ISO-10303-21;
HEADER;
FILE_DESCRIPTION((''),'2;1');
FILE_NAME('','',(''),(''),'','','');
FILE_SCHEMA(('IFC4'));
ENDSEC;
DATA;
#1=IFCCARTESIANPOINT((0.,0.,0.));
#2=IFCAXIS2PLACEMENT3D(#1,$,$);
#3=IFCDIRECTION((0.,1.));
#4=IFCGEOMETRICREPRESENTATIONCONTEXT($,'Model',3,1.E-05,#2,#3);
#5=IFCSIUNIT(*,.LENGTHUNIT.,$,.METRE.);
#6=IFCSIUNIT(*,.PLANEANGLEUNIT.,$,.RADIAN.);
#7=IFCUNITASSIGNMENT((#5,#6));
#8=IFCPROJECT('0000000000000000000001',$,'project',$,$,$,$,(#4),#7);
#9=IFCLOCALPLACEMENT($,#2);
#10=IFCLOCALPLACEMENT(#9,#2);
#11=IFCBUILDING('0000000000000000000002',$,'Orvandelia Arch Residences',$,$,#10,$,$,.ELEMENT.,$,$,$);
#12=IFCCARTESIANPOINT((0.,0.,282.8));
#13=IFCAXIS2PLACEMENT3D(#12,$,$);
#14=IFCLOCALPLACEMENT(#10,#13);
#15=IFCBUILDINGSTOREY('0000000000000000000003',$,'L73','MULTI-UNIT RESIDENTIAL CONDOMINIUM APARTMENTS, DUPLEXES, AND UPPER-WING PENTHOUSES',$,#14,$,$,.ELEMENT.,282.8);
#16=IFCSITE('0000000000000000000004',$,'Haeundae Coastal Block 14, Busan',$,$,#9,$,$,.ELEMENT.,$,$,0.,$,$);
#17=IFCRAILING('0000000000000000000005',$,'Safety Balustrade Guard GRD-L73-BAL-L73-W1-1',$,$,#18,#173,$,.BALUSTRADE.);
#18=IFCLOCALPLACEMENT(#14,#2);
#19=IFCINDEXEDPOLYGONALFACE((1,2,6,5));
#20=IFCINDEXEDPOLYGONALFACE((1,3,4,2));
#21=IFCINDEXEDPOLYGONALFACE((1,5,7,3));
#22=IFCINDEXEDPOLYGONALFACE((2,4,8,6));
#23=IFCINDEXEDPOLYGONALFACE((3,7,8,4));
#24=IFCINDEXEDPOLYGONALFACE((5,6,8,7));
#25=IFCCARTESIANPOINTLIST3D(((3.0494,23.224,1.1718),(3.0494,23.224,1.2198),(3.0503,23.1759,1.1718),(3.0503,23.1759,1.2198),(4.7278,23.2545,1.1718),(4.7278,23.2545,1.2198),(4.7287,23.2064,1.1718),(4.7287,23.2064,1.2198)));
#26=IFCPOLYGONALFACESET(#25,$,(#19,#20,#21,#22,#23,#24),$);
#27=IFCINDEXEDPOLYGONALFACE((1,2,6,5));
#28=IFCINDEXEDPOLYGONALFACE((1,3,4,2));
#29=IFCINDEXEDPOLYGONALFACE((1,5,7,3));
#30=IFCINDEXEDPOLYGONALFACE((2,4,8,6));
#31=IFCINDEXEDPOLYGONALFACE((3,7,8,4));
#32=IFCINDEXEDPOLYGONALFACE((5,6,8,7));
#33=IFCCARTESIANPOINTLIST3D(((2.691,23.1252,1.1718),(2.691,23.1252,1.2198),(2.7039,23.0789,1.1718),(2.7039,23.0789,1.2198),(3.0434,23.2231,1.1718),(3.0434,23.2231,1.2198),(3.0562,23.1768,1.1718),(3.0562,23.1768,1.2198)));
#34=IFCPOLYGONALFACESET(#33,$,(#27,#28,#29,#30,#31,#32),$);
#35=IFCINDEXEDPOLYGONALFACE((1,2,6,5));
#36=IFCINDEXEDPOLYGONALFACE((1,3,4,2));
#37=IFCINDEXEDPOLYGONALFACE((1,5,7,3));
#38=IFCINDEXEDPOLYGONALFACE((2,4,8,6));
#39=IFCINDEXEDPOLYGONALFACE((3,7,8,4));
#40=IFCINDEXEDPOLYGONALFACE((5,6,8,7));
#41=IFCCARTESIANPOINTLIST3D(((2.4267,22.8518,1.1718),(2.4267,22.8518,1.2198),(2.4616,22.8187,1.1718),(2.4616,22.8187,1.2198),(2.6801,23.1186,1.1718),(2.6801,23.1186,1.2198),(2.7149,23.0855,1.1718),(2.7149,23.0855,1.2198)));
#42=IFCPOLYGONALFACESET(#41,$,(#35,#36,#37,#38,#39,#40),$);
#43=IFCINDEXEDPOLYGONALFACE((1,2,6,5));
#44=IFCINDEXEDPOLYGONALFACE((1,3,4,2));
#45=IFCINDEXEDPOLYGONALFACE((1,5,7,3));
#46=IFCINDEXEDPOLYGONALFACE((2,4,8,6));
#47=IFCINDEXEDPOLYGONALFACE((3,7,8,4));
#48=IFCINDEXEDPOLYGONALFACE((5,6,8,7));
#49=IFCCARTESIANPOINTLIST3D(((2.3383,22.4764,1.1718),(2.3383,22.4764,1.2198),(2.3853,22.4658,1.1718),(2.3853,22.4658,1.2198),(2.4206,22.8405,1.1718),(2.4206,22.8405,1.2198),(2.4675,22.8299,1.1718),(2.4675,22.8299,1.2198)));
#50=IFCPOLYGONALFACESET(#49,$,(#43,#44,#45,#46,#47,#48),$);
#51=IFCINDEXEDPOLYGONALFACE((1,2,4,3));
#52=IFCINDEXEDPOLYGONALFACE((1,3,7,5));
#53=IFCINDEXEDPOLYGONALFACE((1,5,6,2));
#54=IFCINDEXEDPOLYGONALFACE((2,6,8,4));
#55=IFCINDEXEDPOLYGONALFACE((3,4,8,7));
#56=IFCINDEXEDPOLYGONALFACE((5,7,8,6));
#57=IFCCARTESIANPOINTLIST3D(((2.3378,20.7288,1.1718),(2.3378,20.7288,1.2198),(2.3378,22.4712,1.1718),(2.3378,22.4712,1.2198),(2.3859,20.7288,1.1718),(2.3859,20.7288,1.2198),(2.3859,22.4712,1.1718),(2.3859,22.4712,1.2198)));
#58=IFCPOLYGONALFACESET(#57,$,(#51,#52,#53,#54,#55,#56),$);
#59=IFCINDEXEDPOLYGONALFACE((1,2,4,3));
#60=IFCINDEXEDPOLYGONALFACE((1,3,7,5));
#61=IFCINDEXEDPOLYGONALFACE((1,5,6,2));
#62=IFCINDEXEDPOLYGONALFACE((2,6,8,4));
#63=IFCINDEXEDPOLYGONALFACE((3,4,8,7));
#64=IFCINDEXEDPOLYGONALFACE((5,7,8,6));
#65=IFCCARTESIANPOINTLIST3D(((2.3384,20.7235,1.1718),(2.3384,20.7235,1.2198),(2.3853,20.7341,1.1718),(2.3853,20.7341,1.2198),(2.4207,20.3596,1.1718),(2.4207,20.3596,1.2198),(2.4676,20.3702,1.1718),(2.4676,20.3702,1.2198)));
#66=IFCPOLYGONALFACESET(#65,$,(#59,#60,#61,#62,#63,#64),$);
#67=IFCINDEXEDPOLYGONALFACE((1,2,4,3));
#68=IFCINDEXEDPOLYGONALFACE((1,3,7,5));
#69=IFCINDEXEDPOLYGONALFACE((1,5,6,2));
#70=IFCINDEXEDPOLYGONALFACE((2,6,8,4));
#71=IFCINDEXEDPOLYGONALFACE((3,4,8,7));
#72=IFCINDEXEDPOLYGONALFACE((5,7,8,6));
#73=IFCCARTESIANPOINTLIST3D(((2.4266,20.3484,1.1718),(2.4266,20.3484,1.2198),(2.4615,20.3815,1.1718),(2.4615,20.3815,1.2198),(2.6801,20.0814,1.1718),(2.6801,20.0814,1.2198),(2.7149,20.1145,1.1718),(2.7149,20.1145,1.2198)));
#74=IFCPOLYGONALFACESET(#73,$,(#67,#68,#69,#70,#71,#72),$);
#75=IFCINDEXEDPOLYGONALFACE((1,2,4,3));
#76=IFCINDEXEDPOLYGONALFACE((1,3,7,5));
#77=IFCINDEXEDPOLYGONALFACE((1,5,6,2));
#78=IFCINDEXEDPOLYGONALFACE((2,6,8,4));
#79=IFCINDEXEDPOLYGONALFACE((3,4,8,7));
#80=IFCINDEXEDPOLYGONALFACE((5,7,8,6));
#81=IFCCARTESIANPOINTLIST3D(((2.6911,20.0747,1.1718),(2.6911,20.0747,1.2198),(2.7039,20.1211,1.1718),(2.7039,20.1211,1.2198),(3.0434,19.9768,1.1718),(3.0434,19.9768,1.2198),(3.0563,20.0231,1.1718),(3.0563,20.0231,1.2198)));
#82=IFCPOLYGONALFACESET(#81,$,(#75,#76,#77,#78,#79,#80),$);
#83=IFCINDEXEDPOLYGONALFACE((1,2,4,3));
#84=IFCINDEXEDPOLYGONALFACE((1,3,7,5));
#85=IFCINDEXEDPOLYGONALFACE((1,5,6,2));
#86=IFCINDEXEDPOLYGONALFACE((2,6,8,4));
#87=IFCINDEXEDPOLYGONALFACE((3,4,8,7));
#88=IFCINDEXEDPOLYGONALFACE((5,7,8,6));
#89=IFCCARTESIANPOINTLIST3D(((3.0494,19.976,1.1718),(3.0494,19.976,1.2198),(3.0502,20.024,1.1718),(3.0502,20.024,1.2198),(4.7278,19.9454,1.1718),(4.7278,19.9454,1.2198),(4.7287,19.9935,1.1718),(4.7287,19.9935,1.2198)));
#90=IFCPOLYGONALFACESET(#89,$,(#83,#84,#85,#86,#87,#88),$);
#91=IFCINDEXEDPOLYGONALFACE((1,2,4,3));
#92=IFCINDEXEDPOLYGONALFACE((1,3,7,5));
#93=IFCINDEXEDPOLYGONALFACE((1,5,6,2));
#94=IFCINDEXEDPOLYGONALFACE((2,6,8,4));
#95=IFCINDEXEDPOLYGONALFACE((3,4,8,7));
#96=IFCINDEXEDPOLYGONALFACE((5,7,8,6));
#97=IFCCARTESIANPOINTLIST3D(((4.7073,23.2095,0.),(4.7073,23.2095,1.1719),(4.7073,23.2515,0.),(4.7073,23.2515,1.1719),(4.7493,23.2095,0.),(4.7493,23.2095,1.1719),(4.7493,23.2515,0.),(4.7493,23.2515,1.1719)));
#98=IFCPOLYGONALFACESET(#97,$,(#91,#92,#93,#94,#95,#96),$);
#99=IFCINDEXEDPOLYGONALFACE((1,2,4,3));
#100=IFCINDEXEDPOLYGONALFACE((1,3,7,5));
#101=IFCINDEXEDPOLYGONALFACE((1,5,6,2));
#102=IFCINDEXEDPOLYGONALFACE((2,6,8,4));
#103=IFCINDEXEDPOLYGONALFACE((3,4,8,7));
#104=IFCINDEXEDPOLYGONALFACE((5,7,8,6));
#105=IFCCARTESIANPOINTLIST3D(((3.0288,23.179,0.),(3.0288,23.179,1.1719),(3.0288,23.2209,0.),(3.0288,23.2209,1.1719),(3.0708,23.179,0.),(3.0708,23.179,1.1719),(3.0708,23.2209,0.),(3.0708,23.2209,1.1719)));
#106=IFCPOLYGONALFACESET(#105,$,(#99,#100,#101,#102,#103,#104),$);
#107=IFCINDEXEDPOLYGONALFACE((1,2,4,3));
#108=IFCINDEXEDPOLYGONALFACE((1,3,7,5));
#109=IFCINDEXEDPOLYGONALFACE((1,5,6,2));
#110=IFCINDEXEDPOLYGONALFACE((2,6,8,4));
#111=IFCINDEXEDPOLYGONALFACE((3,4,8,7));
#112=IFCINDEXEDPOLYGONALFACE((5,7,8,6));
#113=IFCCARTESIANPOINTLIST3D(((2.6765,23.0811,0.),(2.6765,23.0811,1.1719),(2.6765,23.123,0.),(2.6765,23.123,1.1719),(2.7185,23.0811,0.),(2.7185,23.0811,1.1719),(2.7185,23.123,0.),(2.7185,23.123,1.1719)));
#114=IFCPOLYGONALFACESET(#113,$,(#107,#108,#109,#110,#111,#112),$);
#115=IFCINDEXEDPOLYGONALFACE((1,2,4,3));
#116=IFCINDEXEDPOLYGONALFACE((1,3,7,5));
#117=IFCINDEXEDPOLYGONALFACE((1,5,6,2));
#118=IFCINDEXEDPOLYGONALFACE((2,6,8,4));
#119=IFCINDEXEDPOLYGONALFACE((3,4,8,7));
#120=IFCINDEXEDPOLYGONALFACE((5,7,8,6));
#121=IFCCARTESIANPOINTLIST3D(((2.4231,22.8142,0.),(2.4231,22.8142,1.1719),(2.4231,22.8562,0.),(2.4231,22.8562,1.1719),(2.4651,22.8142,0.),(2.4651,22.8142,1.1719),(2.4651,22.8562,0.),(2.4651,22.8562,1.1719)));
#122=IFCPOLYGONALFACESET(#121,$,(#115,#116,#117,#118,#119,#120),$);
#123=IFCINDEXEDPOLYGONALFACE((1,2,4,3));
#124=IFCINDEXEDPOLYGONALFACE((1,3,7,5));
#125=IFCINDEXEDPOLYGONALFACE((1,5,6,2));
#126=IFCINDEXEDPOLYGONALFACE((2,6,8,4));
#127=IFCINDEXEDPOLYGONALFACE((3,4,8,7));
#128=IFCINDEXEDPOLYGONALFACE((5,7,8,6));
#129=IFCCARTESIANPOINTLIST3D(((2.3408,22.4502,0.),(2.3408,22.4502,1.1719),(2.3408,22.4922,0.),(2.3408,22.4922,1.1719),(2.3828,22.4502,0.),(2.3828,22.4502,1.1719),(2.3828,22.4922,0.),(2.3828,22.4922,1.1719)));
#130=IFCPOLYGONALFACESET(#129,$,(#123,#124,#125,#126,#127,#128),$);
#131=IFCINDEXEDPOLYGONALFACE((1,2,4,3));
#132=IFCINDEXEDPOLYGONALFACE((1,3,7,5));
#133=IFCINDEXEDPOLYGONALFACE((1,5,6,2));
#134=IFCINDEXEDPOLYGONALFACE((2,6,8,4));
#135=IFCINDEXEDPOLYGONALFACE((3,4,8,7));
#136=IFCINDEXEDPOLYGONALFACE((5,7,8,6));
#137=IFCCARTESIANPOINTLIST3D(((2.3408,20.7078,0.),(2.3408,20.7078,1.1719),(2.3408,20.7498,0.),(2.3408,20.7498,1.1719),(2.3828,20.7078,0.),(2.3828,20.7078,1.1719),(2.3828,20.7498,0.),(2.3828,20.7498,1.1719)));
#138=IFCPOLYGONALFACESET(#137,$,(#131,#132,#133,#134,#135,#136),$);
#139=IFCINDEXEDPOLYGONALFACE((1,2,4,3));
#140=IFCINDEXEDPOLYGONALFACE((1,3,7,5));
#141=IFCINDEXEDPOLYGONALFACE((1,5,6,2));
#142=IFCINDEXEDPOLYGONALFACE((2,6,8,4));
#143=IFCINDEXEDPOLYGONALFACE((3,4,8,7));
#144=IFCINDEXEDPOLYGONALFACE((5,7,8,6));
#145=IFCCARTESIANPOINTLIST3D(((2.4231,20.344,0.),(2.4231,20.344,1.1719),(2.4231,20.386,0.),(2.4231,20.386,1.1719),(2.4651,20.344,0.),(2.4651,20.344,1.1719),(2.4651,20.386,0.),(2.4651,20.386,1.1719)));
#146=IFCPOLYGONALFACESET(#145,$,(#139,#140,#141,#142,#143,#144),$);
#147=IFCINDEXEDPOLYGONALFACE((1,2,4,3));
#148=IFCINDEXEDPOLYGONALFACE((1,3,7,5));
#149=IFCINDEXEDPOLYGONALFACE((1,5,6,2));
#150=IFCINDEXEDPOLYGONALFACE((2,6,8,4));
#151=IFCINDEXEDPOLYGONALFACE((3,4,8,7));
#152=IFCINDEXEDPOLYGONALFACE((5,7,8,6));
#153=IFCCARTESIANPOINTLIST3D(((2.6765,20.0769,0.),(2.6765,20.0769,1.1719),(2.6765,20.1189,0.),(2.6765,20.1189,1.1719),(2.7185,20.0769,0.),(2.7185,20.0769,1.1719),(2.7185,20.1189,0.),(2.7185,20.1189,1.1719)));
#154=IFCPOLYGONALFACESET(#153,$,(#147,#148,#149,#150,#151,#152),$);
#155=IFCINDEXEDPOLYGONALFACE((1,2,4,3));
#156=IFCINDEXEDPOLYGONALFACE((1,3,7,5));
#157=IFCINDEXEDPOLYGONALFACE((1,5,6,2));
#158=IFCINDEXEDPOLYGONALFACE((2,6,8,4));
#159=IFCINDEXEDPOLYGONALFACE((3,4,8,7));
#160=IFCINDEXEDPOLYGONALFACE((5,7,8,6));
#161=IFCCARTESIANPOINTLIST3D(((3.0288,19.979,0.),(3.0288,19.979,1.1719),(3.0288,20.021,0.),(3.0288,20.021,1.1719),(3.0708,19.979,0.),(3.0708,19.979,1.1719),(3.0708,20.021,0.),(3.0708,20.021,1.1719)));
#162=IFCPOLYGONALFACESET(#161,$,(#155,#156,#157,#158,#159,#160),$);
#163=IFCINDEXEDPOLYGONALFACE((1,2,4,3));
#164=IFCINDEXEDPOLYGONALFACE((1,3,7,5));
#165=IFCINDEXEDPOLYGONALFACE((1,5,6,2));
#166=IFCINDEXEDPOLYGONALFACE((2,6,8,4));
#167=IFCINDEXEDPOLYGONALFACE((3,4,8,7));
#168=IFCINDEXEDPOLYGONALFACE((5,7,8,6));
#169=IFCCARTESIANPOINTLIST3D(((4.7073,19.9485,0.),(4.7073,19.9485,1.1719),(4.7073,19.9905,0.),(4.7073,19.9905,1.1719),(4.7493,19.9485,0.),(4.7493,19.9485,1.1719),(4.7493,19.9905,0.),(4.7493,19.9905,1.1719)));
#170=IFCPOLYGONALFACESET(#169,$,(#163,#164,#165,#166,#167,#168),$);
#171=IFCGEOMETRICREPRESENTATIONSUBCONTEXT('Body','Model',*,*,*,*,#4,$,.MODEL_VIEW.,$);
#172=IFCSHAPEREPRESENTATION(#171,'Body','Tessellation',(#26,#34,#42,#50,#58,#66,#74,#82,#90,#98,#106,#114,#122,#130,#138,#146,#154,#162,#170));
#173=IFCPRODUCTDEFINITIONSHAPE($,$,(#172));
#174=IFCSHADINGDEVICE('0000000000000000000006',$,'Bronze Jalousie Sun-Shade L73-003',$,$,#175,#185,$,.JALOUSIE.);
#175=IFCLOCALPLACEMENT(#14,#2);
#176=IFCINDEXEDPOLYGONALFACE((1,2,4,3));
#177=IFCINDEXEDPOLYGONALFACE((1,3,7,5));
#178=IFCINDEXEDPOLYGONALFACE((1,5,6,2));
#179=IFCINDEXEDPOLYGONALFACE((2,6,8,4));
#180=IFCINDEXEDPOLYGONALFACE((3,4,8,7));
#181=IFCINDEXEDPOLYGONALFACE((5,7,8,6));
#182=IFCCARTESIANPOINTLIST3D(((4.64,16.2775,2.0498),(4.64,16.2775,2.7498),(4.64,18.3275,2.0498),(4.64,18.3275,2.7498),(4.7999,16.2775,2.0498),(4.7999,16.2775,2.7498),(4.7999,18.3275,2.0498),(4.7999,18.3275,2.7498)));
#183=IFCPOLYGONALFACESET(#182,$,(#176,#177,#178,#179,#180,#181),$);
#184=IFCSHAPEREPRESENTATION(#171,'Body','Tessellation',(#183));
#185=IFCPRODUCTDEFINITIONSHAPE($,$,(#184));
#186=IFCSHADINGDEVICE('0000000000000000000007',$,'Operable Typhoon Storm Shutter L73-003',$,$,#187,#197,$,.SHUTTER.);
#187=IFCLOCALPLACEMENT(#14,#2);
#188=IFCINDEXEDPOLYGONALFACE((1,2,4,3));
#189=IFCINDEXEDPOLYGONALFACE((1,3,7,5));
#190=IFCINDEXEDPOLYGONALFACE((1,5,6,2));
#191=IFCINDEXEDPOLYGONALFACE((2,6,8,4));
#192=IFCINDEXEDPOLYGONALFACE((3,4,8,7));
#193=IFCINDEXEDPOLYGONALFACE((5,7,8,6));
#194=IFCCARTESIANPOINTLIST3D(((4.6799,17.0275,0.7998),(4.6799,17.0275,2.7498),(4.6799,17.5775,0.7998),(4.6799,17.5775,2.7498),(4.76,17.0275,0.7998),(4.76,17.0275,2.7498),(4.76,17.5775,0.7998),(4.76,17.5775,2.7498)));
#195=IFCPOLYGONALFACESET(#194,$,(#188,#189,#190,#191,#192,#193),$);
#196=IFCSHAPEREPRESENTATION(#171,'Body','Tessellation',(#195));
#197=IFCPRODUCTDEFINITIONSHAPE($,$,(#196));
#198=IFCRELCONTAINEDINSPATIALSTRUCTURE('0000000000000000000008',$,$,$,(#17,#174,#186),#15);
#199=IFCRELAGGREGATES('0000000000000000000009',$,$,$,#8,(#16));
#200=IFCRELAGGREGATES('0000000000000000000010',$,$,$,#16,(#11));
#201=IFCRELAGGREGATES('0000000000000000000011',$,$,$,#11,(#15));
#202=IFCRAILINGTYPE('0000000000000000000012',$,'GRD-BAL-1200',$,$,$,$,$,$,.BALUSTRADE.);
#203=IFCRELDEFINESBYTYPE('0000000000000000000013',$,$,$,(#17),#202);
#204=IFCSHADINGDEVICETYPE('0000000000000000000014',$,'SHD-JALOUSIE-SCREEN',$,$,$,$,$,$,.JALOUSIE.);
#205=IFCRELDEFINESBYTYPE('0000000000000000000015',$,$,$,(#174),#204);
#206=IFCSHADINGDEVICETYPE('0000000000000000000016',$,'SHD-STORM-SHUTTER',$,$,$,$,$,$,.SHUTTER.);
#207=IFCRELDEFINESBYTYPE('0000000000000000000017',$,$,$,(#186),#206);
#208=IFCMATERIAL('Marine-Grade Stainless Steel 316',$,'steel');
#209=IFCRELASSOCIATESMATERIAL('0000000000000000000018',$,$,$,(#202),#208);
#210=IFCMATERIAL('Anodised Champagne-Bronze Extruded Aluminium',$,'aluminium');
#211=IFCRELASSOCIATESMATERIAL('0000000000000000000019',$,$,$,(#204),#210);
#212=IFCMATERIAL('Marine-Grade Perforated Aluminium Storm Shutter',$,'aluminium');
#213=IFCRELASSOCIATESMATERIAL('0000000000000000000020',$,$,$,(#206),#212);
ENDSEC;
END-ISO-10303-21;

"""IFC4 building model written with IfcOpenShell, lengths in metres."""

from ifc_helpers import new_model, si_unit, direction, frame, origin, origin_2d, place, context, subcontext, project, spatial, rectangle, extrude, material, type_object, element, save


model = new_model("IFC4")

# Units and contexts
model_context = context("Model", 3, precision=1e-05, world=origin(), true_north=direction((0.0, 1.0)))
body_context = subcontext(model_context, "Body", "Model", "MODEL_VIEW")
ifc_project = project(units=[si_unit("LENGTHUNIT", "METRE"), si_unit("PLANEANGLEUNIT", "RADIAN")], contexts=[model_context])

# Site, building, storey
site_placement = place(None, origin())
site = spatial("IfcSite", under=ifc_project, at=site_placement, Name="Haeundae Coastal Block 14, Busan", CompositionType="ELEMENT", RefElevation=0.0)
building_placement = place(site_placement, origin())
building = spatial("IfcBuilding", under=site, at=building_placement, Name="Orvandelia Arch Residences", CompositionType="ELEMENT")
storey_placement = place(building_placement, frame((0.0, 0.0, 282.8)))
storey = spatial("IfcBuildingStorey", under=building, at=storey_placement, Name="L73", Description="MULTI-UNIT RESIDENTIAL CONDOMINIUM APARTMENTS, DUPLEXES, AND UPPER-WING PENTHOUSES", CompositionType="ELEMENT", Elevation=282.8)

# Railing
ifc_material_1 = material(Name="Marine-Grade Stainless Steel 316", Category="steel")
railing_type = type_object("IfcRailingType", Name="GRD-BAL-1200", PredefinedType="BALUSTRADE", material=ifc_material_1)
railing_placement = place(storey_placement, frame((4.7283, 23.2305, 0.0)))
element("IfcRailing", 1, at=railing_placement, inside=storey, type_object=railing_type, Name="Safety Balustrade Guard GRD-L73-BAL-L73-W1-1", PredefinedType="BALUSTRADE", context=body_context, shape_type="SweptSolid", body=[
    extrude(rectangle(XDim=0.0481, YDim=0.0481, at=origin_2d()), frame((0.0, 0.0, 1.1958), z_axis=(-0.999835, -0.018179, 0.0), x_axis=(0.018179, -0.999835, 0.0)), (0.0, 0.0, 1.0), 1.6787),
    extrude(rectangle(XDim=0.0481, YDim=0.0481, at=origin_2d()), frame((-1.6785, -0.0305, 1.1958), z_axis=(-0.963489, -0.267747, 0.0), x_axis=(0.267747, -0.963489, 0.0)), (0.0, 0.0, 1.0), 0.3657),
    extrude(rectangle(XDim=0.0481, YDim=0.0481, at=origin_2d()), frame((-2.0308, -0.1284, 1.1958), z_axis=(-0.688627, -0.725115, 0.0), x_axis=(0.725115, -0.688627, 0.0)), (0.0, 0.0, 1.0), 0.3679),
    extrude(rectangle(XDim=0.0481, YDim=0.0481, at=origin_2d()), frame((-2.2842, -0.3953, 1.1958), z_axis=(-0.220462, -0.975396, 0.0), x_axis=(0.975396, -0.220462, 0.0)), (0.0, 0.0, 1.0), 0.3733),
    extrude(rectangle(XDim=0.0481, YDim=0.0481, at=origin_2d()), frame((-2.3665, -0.7593, 1.1958), z_axis=(0.0, -1.0, 0.0), x_axis=(1.0, 0.0, 0.0)), (0.0, 0.0, 1.0), 1.7424),
    extrude(rectangle(XDim=0.0481, YDim=0.0481, at=origin_2d()), frame((-2.3665, -2.5017, 1.1958), z_axis=(0.220602, -0.975364, 0.0), x_axis=(0.975364, 0.220602, 0.0)), (0.0, 0.0, 1.0), 0.373),
    extrude(rectangle(XDim=0.0481, YDim=0.0481, at=origin_2d()), frame((-2.2842, -2.8655, 1.1958), z_axis=(0.688296, -0.72543, 0.0), x_axis=(0.72543, 0.688296, 0.0)), (0.0, 0.0, 1.0), 0.3682),
    extrude(rectangle(XDim=0.0481, YDim=0.0481, at=origin_2d()), frame((-2.0308, -3.1326, 1.1958), z_axis=(0.963489, -0.267747, 0.0), x_axis=(0.267747, 0.963489, 0.0)), (0.0, 0.0, 1.0), 0.3657),
    extrude(rectangle(XDim=0.0481, YDim=0.0481, at=origin_2d()), frame((-1.6785, -3.2305, 1.1958), z_axis=(0.999835, -0.018179, 0.0), x_axis=(0.018179, 0.999835, 0.0)), (0.0, 0.0, 1.0), 1.6787),
    extrude(rectangle(XDim=0.042, YDim=0.042, at=origin_2d()), origin(), (0.0, 0.0, 1.0), 1.1719),
    extrude(rectangle(XDim=0.042, YDim=0.042, at=origin_2d()), frame((-1.6785, -0.0305, 0.0)), (0.0, 0.0, 1.0), 1.1719),
    extrude(rectangle(XDim=0.042, YDim=0.042, at=origin_2d()), frame((-2.0308, -0.1284, 0.0)), (0.0, 0.0, 1.0), 1.1719),
    extrude(rectangle(XDim=0.042, YDim=0.042, at=origin_2d()), frame((-2.2842, -0.3953, 0.0)), (0.0, 0.0, 1.0), 1.1719),
    extrude(rectangle(XDim=0.042, YDim=0.042, at=origin_2d()), frame((-2.3665, -0.7593, 0.0)), (0.0, 0.0, 1.0), 1.1719),
    extrude(rectangle(XDim=0.042, YDim=0.042, at=origin_2d()), frame((-2.3665, -2.5017, 0.0)), (0.0, 0.0, 1.0), 1.1719),
    extrude(rectangle(XDim=0.042, YDim=0.042, at=origin_2d()), frame((-2.2842, -2.8655, 0.0)), (0.0, 0.0, 1.0), 1.1719),
    extrude(rectangle(XDim=0.042, YDim=0.042, at=origin_2d()), frame((-2.0308, -3.1326, 0.0)), (0.0, 0.0, 1.0), 1.1719),
    extrude(rectangle(XDim=0.042, YDim=0.042, at=origin_2d()), frame((-1.6785, -3.2305, 0.0)), (0.0, 0.0, 1.0), 1.1719),
    extrude(rectangle(XDim=0.042, YDim=0.042, at=origin_2d()), frame((0.0, -3.261, 0.0)), (0.0, 0.0, 1.0), 1.1719),
])

# Shading devices
ifc_material_2 = material(Name="Anodised Champagne-Bronze Extruded Aluminium", Category="aluminium")
shading_device_type_1 = type_object("IfcShadingDeviceType", Name="SHD-JALOUSIE-SCREEN", PredefinedType="JALOUSIE", material=ifc_material_2)
shading_device_1_placement = place(storey_placement, frame((4.72, 17.3025, 2.0498), z_axis=(0.0, 0.0, 1.0), x_axis=(0.0, 1.0, 0.0)))
element("IfcShadingDevice", 2, at=shading_device_1_placement, inside=storey, type_object=shading_device_type_1, Name="Bronze Jalousie Sun-Shade L73-003", PredefinedType="JALOUSIE", context=body_context, shape_type="SweptSolid", body=[
    extrude(rectangle(XDim=2.05, YDim=0.1599, at=origin_2d()), origin(), (0.0, 0.0, 1.0), 0.7),
])
ifc_material_3 = material(Name="Marine-Grade Perforated Aluminium Storm Shutter", Category="aluminium")
shading_device_type_2 = type_object("IfcShadingDeviceType", Name="SHD-STORM-SHUTTER", PredefinedType="SHUTTER", material=ifc_material_3)
shading_device_2_placement = place(storey_placement, frame((4.72, 17.3025, 0.7998), z_axis=(0.0, 0.0, 1.0), x_axis=(0.0, 1.0, 0.0)))
element("IfcShadingDevice", 3, at=shading_device_2_placement, inside=storey, type_object=shading_device_type_2, Name="Operable Typhoon Storm Shutter L73-003", PredefinedType="SHUTTER", context=body_context, shape_type="SweptSolid", body=[
    extrude(rectangle(XDim=0.55, YDim=0.0801, at=origin_2d()), origin(), (0.0, 0.0, 1.0), 1.95),
])

save(model, "model.ifc")
